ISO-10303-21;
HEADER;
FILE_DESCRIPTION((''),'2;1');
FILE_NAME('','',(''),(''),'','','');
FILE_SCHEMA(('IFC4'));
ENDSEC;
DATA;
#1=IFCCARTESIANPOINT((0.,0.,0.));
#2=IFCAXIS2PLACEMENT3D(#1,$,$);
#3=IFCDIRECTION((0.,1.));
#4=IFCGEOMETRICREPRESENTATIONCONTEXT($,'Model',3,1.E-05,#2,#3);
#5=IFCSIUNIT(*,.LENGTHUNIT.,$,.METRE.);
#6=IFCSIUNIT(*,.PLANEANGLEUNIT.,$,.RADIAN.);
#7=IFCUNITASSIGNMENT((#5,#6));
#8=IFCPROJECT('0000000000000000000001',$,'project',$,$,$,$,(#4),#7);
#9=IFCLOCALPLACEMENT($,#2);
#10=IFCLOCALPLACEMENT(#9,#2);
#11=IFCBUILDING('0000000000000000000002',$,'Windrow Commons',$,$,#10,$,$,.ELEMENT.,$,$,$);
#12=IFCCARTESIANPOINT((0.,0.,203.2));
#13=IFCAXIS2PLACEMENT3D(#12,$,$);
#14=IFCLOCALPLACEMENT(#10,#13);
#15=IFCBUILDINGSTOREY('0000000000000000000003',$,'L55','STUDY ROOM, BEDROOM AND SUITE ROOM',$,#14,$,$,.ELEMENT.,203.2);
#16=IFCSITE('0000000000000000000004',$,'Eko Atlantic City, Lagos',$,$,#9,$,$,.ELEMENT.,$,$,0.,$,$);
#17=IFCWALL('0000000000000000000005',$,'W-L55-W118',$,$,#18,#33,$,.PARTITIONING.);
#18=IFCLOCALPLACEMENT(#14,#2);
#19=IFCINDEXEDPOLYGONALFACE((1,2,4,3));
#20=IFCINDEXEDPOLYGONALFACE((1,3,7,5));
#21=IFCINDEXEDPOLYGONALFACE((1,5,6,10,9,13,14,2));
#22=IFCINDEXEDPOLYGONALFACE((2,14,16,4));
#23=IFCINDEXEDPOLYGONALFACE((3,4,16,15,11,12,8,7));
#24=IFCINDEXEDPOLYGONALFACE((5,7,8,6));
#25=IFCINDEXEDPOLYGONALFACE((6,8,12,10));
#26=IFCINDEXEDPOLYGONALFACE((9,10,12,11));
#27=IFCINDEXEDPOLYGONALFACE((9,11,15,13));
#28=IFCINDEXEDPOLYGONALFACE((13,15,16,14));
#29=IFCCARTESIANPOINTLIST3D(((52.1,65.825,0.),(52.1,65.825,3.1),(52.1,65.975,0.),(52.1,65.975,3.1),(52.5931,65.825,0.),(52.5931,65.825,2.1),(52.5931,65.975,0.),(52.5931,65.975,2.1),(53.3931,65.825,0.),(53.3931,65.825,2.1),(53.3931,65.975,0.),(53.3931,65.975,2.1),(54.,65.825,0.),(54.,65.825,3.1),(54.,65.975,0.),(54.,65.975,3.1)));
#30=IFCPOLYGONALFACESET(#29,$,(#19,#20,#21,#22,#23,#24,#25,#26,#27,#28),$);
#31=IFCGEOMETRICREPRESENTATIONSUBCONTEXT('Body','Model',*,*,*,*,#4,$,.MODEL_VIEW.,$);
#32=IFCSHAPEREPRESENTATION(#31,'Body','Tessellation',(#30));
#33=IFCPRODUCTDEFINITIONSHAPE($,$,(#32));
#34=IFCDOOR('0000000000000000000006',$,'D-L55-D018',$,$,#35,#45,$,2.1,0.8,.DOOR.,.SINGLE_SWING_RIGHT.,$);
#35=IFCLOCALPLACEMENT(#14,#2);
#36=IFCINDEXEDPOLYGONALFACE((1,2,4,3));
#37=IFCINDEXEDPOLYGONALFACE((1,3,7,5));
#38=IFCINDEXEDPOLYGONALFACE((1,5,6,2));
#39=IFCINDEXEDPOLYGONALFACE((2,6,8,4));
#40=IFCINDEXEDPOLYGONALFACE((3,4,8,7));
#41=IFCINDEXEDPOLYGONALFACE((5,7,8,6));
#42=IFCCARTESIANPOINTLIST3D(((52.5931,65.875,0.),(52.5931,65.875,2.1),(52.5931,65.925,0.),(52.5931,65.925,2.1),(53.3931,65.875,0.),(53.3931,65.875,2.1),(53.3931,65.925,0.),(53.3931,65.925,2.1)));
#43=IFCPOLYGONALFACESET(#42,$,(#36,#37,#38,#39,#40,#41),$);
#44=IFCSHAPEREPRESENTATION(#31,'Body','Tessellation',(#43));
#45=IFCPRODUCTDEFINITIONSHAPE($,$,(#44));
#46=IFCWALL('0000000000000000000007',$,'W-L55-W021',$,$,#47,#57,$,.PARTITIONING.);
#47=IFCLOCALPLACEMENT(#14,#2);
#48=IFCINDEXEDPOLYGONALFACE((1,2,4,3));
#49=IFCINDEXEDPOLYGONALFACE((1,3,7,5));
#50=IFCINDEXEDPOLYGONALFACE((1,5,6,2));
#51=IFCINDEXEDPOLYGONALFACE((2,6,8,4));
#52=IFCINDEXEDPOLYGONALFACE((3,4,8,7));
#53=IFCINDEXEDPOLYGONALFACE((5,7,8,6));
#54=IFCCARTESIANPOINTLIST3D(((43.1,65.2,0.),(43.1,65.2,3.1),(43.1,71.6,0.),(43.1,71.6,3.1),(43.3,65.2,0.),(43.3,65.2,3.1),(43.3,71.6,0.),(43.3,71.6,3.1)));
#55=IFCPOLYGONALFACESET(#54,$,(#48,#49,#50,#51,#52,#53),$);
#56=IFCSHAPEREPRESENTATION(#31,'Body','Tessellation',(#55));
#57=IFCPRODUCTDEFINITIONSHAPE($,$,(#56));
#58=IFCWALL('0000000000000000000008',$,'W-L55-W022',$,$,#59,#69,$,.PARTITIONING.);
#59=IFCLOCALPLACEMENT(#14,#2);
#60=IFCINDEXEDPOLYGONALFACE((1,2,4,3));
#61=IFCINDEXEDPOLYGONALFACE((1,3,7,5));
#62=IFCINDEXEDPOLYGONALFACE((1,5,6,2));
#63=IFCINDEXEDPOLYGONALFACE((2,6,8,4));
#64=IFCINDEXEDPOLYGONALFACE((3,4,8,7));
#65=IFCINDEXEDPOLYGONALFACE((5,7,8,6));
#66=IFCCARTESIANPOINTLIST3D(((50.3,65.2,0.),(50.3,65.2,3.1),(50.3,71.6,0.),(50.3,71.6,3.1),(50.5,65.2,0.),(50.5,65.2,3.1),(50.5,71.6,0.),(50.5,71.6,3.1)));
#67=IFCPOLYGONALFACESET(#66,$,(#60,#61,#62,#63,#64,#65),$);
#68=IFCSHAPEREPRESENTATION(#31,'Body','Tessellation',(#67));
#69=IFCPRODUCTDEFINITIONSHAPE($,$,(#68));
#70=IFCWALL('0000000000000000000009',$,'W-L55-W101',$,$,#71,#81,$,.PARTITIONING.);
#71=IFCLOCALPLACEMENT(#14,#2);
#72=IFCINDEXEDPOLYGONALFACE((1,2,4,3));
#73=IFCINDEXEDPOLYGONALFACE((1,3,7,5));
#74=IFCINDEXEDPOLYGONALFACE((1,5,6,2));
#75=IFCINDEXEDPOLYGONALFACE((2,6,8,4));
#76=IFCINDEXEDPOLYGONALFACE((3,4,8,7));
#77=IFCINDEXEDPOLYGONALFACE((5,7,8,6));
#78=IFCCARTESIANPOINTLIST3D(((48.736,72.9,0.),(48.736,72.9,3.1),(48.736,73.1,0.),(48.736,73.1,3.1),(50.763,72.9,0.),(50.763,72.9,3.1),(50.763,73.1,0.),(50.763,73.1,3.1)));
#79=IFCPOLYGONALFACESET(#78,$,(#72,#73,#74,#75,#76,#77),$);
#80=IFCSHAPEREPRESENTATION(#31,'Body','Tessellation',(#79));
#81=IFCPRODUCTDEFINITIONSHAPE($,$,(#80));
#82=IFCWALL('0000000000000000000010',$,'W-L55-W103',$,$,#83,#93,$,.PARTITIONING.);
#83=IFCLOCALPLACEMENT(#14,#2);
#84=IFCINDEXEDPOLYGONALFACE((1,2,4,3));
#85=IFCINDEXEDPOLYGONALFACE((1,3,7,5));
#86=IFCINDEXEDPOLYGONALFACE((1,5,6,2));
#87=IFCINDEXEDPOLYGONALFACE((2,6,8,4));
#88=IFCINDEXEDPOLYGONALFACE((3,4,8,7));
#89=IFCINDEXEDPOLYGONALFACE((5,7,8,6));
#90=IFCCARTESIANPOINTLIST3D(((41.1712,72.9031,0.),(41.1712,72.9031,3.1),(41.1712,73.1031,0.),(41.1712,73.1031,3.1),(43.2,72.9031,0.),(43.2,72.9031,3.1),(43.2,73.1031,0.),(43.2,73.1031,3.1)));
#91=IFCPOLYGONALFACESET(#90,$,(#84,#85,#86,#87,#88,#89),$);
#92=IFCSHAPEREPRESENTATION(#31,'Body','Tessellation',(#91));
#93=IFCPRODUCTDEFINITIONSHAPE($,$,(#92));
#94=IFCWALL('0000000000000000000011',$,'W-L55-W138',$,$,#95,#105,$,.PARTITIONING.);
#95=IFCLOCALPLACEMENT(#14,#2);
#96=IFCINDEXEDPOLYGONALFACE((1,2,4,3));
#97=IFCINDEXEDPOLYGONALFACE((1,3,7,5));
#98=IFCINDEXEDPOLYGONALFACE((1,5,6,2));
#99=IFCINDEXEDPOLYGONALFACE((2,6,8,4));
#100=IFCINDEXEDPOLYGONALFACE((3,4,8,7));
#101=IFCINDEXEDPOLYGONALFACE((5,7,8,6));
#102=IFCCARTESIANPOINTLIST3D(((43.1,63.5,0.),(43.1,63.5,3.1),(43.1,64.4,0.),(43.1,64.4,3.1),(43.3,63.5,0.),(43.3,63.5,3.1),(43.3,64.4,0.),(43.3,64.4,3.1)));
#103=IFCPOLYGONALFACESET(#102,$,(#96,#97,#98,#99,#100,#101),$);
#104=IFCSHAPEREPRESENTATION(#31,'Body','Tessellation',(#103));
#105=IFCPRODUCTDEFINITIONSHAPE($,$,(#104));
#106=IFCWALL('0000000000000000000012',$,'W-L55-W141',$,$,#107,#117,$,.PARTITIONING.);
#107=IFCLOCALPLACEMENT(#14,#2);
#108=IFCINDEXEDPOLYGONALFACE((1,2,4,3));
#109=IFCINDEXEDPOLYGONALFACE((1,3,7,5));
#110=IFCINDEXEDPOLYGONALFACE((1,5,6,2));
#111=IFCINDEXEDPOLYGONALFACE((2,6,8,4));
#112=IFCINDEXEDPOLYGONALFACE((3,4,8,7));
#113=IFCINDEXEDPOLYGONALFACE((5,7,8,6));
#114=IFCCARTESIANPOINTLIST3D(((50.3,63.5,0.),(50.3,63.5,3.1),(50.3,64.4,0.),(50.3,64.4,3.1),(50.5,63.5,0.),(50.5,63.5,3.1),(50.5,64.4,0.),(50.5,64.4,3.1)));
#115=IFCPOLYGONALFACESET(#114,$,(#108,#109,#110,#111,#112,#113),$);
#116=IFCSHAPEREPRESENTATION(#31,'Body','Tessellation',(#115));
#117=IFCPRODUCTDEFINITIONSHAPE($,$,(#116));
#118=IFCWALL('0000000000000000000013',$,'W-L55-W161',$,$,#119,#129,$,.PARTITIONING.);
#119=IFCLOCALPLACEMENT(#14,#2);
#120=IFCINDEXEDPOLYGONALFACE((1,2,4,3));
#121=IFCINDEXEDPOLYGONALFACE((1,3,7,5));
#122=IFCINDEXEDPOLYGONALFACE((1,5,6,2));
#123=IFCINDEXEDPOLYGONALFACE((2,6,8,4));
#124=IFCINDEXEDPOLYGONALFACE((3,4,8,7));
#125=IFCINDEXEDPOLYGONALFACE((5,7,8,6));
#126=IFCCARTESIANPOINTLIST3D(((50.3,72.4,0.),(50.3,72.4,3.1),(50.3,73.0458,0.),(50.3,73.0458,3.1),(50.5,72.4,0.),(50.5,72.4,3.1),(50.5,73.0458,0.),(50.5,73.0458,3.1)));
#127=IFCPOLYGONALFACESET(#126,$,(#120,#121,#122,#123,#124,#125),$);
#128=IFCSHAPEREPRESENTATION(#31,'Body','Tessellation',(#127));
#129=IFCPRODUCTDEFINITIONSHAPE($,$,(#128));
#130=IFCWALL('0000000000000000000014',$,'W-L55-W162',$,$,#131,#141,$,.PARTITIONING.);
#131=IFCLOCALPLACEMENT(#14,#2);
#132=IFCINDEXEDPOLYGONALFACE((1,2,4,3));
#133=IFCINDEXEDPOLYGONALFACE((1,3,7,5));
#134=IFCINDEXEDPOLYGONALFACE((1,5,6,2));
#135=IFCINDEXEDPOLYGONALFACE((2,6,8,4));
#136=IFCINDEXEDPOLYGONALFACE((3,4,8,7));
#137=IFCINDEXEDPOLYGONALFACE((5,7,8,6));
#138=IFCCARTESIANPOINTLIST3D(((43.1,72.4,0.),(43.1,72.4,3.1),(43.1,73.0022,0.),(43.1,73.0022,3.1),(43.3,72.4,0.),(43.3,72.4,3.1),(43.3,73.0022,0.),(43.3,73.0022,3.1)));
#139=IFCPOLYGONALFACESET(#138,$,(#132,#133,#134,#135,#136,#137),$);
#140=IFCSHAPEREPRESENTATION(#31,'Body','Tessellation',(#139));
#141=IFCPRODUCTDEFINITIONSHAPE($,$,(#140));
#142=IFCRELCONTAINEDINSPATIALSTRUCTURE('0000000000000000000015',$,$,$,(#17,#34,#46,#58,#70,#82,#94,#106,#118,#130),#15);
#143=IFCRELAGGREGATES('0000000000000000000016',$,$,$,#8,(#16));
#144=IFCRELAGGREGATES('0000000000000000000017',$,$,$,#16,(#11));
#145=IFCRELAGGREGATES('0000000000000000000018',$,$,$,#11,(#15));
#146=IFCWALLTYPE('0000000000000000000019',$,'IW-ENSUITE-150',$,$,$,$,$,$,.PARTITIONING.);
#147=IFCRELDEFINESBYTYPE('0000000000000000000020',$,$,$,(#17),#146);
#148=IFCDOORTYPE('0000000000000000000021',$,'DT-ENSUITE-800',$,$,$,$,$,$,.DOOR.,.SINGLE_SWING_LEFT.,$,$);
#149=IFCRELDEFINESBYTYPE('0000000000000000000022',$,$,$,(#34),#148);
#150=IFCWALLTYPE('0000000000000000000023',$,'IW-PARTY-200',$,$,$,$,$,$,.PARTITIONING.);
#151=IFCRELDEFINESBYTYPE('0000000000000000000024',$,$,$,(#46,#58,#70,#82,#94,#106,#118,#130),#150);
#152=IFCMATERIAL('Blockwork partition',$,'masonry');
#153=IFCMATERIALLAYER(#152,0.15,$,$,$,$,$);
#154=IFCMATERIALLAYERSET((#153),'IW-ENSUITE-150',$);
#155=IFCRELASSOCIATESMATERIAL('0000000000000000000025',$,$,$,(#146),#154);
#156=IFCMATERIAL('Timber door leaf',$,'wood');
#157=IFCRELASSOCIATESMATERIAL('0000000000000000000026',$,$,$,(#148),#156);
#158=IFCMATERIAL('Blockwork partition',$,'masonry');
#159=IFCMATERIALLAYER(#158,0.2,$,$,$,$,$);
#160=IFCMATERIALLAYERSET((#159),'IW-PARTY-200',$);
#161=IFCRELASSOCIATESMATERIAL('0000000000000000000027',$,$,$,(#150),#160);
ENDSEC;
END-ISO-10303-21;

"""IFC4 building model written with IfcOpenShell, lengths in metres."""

from ifc_helpers import new_model, si_unit, direction, frame, frame_2d, origin, place, context, subcontext, project, spatial, rectangle, extrude, material, layer, layer_set, type_object, element, fill, save


model = new_model("IFC4")

# Units and contexts
model_context = context("Model", 3, precision=1e-05, world=origin(), true_north=direction((0.0, 1.0)))
body_context = subcontext(model_context, "Body", "Model", "MODEL_VIEW")
ifc_project = project(units=[si_unit("LENGTHUNIT", "METRE"), si_unit("PLANEANGLEUNIT", "RADIAN")], contexts=[model_context])

# Site, building, storey
site_placement = place(None, origin())
site = spatial("IfcSite", under=ifc_project, at=site_placement, Name="Eko Atlantic City, Lagos", CompositionType="ELEMENT", RefElevation=0.0)
building_placement = place(site_placement, origin())
building = spatial("IfcBuilding", under=site, at=building_placement, Name="Windrow Commons", CompositionType="ELEMENT")
storey_placement = place(building_placement, frame((0.0, 0.0, 203.2)))
storey = spatial("IfcBuildingStorey", under=building, at=storey_placement, Name="L55", Description="STUDY ROOM, BEDROOM AND SUITE ROOM", CompositionType="ELEMENT", Elevation=203.2)

# Shared definitions
ifc_material_1 = material(Name="Blockwork partition", Category="masonry")
ifc_layer_1 = layer(ifc_material_1, 0.15)
ifc_layer_set_1 = layer_set([ifc_layer_1], Name="IW-ENSUITE-150")
wall_type_1 = type_object("IfcWallType", Name="IW-ENSUITE-150", PredefinedType="PARTITIONING", material=ifc_layer_set_1)

# Wall, opening, door
ifc_material_2 = material(Name="Timber door leaf", Category="wood")
door_type_1 = type_object("IfcDoorType", Name="DT-ENSUITE-800", OperationType="SINGLE_SWING_LEFT", PredefinedType="DOOR", material=ifc_material_2)
wall_1_placement = place(storey_placement, frame((52.1, 65.9, 0.0), z_axis=(0.0, 0.0, 1.0), x_axis=(1.0, 0.0, 0.0)))
wall_1 = element("IfcWall", 1, at=wall_1_placement, inside=storey, type_object=wall_type_1, Name="W-L55-W118", PredefinedType="PARTITIONING", context=body_context, shape_type="SweptSolid", body=[
    extrude(rectangle(XDim=1.9, YDim=0.15, at=frame_2d((0.95, 0.0))), origin(), (0.0, 0.0, 1.0), 3.1),
])
opening_1_placement = place(wall_1_placement, frame((0.4931, 0.0, 0.0)))
opening_1 = element("IfcOpeningElement", 2, at=opening_1_placement, cuts=wall_1, PredefinedType="OPENING", context=body_context, shape_type="SweptSolid", body=[
    extrude(rectangle(XDim=0.8, YDim=2.1, at=frame_2d((0.4, 1.05))), frame((0.0, 0.085, 0.0), z_axis=(0.0, -1.0, 0.0), x_axis=(1.0, 0.0, 0.0)), (0.0, 0.0, 1.0), 0.17),
])
door_1_placement = place(opening_1_placement, origin())
door_1 = element("IfcDoor", 3, at=door_1_placement, inside=storey, type_object=door_type_1, Name="D-L55-D018", OperationType="SINGLE_SWING_RIGHT", OverallHeight=2.1, OverallWidth=0.8, PredefinedType="DOOR", context=body_context, shape_type="SweptSolid", body=[
    extrude(rectangle(XDim=0.8, YDim=2.1, at=frame_2d((0.4, 1.05))), frame((0.0, 0.025, 0.0), z_axis=(0.0, -1.0, 0.0), x_axis=(1.0, 0.0, 0.0)), (0.0, 0.0, 1.0), 0.05),
])
fill(opening_1, door_1)

# Walls
ifc_material_3 = material(Name="Blockwork partition", Category="masonry")
ifc_layer_2 = layer(ifc_material_3, 0.2)
ifc_layer_set_2 = layer_set([ifc_layer_2], Name="IW-PARTY-200")
wall_type_2 = type_object("IfcWallType", Name="IW-PARTY-200", PredefinedType="PARTITIONING", material=ifc_layer_set_2)
for number, where, z_axis, x_axis, name in (
    (4, (43.2, 65.2, 0.0), (0.0, 0.0, 1.0), (0.0, 1.0, 0.0), "W-L55-W021"),
    (5, (50.4, 65.2, 0.0), (0.0, 0.0, 1.0), (0.0, 1.0, 0.0), "W-L55-W022"),
):
    element("IfcWall", number, at=place(storey_placement, frame(where, z_axis=z_axis, x_axis=x_axis)), inside=storey, type_object=wall_type_2, Name=name, PredefinedType="PARTITIONING", context=body_context, shape_type="SweptSolid", body=[
        extrude(rectangle(XDim=6.4, YDim=0.2, at=frame_2d((3.2, 0.0))), origin(), (0.0, 0.0, 1.0), 3.1),
    ])
wall_2_placement = place(storey_placement, frame((48.736, 73.0, 0.0), z_axis=(0.0, 0.0, 1.0), x_axis=(1.0, 0.0, 0.0)))
element("IfcWall", 6, at=wall_2_placement, inside=storey, type_object=wall_type_2, Name="W-L55-W101", PredefinedType="PARTITIONING", context=body_context, shape_type="SweptSolid", body=[
    extrude(rectangle(XDim=2.027, YDim=0.2, at=frame_2d((1.0135, 0.0))), origin(), (0.0, 0.0, 1.0), 3.1),
])
wall_3_placement = place(storey_placement, frame((41.1712, 73.0031, 0.0), z_axis=(0.0, 0.0, 1.0), x_axis=(1.0, 0.0, 0.0)))
element("IfcWall", 7, at=wall_3_placement, inside=storey, type_object=wall_type_2, Name="W-L55-W103", PredefinedType="PARTITIONING", context=body_context, shape_type="SweptSolid", body=[
    extrude(rectangle(XDim=2.0288, YDim=0.2, at=frame_2d((1.0144, 0.0))), origin(), (0.0, 0.0, 1.0), 3.1),
])
for number, where, z_axis, x_axis, name in (
    (8, (43.2, 63.5, 0.0), (0.0, 0.0, 1.0), (0.0, 1.0, 0.0), "W-L55-W138"),
    (9, (50.4, 63.5, 0.0), (0.0, 0.0, 1.0), (0.0, 1.0, 0.0), "W-L55-W141"),
):
    element("IfcWall", number, at=place(storey_placement, frame(where, z_axis=z_axis, x_axis=x_axis)), inside=storey, type_object=wall_type_2, Name=name, PredefinedType="PARTITIONING", context=body_context, shape_type="SweptSolid", body=[
        extrude(rectangle(XDim=0.9, YDim=0.2, at=frame_2d((0.45, 0.0))), origin(), (0.0, 0.0, 1.0), 3.1),
    ])
wall_4_placement = place(storey_placement, frame((50.4, 72.4, 0.0), z_axis=(0.0, 0.0, 1.0), x_axis=(0.0, 1.0, 0.0)))
element("IfcWall", 10, at=wall_4_placement, inside=storey, type_object=wall_type_2, Name="W-L55-W161", PredefinedType="PARTITIONING", context=body_context, shape_type="SweptSolid", body=[
    extrude(rectangle(XDim=0.6458, YDim=0.2, at=frame_2d((0.3229, 0.0))), origin(), (0.0, 0.0, 1.0), 3.1),
])
wall_5_placement = place(storey_placement, frame((43.2, 72.4, 0.0), z_axis=(0.0, 0.0, 1.0), x_axis=(0.0, 1.0, 0.0)))
element("IfcWall", 11, at=wall_5_placement, inside=storey, type_object=wall_type_2, Name="W-L55-W162", PredefinedType="PARTITIONING", context=body_context, shape_type="SweptSolid", body=[
    extrude(rectangle(XDim=0.6023, YDim=0.2, at=frame_2d((0.3011, 0.0))), origin(), (0.0, 0.0, 1.0), 3.1),
])

save(model, "model.ifc")
